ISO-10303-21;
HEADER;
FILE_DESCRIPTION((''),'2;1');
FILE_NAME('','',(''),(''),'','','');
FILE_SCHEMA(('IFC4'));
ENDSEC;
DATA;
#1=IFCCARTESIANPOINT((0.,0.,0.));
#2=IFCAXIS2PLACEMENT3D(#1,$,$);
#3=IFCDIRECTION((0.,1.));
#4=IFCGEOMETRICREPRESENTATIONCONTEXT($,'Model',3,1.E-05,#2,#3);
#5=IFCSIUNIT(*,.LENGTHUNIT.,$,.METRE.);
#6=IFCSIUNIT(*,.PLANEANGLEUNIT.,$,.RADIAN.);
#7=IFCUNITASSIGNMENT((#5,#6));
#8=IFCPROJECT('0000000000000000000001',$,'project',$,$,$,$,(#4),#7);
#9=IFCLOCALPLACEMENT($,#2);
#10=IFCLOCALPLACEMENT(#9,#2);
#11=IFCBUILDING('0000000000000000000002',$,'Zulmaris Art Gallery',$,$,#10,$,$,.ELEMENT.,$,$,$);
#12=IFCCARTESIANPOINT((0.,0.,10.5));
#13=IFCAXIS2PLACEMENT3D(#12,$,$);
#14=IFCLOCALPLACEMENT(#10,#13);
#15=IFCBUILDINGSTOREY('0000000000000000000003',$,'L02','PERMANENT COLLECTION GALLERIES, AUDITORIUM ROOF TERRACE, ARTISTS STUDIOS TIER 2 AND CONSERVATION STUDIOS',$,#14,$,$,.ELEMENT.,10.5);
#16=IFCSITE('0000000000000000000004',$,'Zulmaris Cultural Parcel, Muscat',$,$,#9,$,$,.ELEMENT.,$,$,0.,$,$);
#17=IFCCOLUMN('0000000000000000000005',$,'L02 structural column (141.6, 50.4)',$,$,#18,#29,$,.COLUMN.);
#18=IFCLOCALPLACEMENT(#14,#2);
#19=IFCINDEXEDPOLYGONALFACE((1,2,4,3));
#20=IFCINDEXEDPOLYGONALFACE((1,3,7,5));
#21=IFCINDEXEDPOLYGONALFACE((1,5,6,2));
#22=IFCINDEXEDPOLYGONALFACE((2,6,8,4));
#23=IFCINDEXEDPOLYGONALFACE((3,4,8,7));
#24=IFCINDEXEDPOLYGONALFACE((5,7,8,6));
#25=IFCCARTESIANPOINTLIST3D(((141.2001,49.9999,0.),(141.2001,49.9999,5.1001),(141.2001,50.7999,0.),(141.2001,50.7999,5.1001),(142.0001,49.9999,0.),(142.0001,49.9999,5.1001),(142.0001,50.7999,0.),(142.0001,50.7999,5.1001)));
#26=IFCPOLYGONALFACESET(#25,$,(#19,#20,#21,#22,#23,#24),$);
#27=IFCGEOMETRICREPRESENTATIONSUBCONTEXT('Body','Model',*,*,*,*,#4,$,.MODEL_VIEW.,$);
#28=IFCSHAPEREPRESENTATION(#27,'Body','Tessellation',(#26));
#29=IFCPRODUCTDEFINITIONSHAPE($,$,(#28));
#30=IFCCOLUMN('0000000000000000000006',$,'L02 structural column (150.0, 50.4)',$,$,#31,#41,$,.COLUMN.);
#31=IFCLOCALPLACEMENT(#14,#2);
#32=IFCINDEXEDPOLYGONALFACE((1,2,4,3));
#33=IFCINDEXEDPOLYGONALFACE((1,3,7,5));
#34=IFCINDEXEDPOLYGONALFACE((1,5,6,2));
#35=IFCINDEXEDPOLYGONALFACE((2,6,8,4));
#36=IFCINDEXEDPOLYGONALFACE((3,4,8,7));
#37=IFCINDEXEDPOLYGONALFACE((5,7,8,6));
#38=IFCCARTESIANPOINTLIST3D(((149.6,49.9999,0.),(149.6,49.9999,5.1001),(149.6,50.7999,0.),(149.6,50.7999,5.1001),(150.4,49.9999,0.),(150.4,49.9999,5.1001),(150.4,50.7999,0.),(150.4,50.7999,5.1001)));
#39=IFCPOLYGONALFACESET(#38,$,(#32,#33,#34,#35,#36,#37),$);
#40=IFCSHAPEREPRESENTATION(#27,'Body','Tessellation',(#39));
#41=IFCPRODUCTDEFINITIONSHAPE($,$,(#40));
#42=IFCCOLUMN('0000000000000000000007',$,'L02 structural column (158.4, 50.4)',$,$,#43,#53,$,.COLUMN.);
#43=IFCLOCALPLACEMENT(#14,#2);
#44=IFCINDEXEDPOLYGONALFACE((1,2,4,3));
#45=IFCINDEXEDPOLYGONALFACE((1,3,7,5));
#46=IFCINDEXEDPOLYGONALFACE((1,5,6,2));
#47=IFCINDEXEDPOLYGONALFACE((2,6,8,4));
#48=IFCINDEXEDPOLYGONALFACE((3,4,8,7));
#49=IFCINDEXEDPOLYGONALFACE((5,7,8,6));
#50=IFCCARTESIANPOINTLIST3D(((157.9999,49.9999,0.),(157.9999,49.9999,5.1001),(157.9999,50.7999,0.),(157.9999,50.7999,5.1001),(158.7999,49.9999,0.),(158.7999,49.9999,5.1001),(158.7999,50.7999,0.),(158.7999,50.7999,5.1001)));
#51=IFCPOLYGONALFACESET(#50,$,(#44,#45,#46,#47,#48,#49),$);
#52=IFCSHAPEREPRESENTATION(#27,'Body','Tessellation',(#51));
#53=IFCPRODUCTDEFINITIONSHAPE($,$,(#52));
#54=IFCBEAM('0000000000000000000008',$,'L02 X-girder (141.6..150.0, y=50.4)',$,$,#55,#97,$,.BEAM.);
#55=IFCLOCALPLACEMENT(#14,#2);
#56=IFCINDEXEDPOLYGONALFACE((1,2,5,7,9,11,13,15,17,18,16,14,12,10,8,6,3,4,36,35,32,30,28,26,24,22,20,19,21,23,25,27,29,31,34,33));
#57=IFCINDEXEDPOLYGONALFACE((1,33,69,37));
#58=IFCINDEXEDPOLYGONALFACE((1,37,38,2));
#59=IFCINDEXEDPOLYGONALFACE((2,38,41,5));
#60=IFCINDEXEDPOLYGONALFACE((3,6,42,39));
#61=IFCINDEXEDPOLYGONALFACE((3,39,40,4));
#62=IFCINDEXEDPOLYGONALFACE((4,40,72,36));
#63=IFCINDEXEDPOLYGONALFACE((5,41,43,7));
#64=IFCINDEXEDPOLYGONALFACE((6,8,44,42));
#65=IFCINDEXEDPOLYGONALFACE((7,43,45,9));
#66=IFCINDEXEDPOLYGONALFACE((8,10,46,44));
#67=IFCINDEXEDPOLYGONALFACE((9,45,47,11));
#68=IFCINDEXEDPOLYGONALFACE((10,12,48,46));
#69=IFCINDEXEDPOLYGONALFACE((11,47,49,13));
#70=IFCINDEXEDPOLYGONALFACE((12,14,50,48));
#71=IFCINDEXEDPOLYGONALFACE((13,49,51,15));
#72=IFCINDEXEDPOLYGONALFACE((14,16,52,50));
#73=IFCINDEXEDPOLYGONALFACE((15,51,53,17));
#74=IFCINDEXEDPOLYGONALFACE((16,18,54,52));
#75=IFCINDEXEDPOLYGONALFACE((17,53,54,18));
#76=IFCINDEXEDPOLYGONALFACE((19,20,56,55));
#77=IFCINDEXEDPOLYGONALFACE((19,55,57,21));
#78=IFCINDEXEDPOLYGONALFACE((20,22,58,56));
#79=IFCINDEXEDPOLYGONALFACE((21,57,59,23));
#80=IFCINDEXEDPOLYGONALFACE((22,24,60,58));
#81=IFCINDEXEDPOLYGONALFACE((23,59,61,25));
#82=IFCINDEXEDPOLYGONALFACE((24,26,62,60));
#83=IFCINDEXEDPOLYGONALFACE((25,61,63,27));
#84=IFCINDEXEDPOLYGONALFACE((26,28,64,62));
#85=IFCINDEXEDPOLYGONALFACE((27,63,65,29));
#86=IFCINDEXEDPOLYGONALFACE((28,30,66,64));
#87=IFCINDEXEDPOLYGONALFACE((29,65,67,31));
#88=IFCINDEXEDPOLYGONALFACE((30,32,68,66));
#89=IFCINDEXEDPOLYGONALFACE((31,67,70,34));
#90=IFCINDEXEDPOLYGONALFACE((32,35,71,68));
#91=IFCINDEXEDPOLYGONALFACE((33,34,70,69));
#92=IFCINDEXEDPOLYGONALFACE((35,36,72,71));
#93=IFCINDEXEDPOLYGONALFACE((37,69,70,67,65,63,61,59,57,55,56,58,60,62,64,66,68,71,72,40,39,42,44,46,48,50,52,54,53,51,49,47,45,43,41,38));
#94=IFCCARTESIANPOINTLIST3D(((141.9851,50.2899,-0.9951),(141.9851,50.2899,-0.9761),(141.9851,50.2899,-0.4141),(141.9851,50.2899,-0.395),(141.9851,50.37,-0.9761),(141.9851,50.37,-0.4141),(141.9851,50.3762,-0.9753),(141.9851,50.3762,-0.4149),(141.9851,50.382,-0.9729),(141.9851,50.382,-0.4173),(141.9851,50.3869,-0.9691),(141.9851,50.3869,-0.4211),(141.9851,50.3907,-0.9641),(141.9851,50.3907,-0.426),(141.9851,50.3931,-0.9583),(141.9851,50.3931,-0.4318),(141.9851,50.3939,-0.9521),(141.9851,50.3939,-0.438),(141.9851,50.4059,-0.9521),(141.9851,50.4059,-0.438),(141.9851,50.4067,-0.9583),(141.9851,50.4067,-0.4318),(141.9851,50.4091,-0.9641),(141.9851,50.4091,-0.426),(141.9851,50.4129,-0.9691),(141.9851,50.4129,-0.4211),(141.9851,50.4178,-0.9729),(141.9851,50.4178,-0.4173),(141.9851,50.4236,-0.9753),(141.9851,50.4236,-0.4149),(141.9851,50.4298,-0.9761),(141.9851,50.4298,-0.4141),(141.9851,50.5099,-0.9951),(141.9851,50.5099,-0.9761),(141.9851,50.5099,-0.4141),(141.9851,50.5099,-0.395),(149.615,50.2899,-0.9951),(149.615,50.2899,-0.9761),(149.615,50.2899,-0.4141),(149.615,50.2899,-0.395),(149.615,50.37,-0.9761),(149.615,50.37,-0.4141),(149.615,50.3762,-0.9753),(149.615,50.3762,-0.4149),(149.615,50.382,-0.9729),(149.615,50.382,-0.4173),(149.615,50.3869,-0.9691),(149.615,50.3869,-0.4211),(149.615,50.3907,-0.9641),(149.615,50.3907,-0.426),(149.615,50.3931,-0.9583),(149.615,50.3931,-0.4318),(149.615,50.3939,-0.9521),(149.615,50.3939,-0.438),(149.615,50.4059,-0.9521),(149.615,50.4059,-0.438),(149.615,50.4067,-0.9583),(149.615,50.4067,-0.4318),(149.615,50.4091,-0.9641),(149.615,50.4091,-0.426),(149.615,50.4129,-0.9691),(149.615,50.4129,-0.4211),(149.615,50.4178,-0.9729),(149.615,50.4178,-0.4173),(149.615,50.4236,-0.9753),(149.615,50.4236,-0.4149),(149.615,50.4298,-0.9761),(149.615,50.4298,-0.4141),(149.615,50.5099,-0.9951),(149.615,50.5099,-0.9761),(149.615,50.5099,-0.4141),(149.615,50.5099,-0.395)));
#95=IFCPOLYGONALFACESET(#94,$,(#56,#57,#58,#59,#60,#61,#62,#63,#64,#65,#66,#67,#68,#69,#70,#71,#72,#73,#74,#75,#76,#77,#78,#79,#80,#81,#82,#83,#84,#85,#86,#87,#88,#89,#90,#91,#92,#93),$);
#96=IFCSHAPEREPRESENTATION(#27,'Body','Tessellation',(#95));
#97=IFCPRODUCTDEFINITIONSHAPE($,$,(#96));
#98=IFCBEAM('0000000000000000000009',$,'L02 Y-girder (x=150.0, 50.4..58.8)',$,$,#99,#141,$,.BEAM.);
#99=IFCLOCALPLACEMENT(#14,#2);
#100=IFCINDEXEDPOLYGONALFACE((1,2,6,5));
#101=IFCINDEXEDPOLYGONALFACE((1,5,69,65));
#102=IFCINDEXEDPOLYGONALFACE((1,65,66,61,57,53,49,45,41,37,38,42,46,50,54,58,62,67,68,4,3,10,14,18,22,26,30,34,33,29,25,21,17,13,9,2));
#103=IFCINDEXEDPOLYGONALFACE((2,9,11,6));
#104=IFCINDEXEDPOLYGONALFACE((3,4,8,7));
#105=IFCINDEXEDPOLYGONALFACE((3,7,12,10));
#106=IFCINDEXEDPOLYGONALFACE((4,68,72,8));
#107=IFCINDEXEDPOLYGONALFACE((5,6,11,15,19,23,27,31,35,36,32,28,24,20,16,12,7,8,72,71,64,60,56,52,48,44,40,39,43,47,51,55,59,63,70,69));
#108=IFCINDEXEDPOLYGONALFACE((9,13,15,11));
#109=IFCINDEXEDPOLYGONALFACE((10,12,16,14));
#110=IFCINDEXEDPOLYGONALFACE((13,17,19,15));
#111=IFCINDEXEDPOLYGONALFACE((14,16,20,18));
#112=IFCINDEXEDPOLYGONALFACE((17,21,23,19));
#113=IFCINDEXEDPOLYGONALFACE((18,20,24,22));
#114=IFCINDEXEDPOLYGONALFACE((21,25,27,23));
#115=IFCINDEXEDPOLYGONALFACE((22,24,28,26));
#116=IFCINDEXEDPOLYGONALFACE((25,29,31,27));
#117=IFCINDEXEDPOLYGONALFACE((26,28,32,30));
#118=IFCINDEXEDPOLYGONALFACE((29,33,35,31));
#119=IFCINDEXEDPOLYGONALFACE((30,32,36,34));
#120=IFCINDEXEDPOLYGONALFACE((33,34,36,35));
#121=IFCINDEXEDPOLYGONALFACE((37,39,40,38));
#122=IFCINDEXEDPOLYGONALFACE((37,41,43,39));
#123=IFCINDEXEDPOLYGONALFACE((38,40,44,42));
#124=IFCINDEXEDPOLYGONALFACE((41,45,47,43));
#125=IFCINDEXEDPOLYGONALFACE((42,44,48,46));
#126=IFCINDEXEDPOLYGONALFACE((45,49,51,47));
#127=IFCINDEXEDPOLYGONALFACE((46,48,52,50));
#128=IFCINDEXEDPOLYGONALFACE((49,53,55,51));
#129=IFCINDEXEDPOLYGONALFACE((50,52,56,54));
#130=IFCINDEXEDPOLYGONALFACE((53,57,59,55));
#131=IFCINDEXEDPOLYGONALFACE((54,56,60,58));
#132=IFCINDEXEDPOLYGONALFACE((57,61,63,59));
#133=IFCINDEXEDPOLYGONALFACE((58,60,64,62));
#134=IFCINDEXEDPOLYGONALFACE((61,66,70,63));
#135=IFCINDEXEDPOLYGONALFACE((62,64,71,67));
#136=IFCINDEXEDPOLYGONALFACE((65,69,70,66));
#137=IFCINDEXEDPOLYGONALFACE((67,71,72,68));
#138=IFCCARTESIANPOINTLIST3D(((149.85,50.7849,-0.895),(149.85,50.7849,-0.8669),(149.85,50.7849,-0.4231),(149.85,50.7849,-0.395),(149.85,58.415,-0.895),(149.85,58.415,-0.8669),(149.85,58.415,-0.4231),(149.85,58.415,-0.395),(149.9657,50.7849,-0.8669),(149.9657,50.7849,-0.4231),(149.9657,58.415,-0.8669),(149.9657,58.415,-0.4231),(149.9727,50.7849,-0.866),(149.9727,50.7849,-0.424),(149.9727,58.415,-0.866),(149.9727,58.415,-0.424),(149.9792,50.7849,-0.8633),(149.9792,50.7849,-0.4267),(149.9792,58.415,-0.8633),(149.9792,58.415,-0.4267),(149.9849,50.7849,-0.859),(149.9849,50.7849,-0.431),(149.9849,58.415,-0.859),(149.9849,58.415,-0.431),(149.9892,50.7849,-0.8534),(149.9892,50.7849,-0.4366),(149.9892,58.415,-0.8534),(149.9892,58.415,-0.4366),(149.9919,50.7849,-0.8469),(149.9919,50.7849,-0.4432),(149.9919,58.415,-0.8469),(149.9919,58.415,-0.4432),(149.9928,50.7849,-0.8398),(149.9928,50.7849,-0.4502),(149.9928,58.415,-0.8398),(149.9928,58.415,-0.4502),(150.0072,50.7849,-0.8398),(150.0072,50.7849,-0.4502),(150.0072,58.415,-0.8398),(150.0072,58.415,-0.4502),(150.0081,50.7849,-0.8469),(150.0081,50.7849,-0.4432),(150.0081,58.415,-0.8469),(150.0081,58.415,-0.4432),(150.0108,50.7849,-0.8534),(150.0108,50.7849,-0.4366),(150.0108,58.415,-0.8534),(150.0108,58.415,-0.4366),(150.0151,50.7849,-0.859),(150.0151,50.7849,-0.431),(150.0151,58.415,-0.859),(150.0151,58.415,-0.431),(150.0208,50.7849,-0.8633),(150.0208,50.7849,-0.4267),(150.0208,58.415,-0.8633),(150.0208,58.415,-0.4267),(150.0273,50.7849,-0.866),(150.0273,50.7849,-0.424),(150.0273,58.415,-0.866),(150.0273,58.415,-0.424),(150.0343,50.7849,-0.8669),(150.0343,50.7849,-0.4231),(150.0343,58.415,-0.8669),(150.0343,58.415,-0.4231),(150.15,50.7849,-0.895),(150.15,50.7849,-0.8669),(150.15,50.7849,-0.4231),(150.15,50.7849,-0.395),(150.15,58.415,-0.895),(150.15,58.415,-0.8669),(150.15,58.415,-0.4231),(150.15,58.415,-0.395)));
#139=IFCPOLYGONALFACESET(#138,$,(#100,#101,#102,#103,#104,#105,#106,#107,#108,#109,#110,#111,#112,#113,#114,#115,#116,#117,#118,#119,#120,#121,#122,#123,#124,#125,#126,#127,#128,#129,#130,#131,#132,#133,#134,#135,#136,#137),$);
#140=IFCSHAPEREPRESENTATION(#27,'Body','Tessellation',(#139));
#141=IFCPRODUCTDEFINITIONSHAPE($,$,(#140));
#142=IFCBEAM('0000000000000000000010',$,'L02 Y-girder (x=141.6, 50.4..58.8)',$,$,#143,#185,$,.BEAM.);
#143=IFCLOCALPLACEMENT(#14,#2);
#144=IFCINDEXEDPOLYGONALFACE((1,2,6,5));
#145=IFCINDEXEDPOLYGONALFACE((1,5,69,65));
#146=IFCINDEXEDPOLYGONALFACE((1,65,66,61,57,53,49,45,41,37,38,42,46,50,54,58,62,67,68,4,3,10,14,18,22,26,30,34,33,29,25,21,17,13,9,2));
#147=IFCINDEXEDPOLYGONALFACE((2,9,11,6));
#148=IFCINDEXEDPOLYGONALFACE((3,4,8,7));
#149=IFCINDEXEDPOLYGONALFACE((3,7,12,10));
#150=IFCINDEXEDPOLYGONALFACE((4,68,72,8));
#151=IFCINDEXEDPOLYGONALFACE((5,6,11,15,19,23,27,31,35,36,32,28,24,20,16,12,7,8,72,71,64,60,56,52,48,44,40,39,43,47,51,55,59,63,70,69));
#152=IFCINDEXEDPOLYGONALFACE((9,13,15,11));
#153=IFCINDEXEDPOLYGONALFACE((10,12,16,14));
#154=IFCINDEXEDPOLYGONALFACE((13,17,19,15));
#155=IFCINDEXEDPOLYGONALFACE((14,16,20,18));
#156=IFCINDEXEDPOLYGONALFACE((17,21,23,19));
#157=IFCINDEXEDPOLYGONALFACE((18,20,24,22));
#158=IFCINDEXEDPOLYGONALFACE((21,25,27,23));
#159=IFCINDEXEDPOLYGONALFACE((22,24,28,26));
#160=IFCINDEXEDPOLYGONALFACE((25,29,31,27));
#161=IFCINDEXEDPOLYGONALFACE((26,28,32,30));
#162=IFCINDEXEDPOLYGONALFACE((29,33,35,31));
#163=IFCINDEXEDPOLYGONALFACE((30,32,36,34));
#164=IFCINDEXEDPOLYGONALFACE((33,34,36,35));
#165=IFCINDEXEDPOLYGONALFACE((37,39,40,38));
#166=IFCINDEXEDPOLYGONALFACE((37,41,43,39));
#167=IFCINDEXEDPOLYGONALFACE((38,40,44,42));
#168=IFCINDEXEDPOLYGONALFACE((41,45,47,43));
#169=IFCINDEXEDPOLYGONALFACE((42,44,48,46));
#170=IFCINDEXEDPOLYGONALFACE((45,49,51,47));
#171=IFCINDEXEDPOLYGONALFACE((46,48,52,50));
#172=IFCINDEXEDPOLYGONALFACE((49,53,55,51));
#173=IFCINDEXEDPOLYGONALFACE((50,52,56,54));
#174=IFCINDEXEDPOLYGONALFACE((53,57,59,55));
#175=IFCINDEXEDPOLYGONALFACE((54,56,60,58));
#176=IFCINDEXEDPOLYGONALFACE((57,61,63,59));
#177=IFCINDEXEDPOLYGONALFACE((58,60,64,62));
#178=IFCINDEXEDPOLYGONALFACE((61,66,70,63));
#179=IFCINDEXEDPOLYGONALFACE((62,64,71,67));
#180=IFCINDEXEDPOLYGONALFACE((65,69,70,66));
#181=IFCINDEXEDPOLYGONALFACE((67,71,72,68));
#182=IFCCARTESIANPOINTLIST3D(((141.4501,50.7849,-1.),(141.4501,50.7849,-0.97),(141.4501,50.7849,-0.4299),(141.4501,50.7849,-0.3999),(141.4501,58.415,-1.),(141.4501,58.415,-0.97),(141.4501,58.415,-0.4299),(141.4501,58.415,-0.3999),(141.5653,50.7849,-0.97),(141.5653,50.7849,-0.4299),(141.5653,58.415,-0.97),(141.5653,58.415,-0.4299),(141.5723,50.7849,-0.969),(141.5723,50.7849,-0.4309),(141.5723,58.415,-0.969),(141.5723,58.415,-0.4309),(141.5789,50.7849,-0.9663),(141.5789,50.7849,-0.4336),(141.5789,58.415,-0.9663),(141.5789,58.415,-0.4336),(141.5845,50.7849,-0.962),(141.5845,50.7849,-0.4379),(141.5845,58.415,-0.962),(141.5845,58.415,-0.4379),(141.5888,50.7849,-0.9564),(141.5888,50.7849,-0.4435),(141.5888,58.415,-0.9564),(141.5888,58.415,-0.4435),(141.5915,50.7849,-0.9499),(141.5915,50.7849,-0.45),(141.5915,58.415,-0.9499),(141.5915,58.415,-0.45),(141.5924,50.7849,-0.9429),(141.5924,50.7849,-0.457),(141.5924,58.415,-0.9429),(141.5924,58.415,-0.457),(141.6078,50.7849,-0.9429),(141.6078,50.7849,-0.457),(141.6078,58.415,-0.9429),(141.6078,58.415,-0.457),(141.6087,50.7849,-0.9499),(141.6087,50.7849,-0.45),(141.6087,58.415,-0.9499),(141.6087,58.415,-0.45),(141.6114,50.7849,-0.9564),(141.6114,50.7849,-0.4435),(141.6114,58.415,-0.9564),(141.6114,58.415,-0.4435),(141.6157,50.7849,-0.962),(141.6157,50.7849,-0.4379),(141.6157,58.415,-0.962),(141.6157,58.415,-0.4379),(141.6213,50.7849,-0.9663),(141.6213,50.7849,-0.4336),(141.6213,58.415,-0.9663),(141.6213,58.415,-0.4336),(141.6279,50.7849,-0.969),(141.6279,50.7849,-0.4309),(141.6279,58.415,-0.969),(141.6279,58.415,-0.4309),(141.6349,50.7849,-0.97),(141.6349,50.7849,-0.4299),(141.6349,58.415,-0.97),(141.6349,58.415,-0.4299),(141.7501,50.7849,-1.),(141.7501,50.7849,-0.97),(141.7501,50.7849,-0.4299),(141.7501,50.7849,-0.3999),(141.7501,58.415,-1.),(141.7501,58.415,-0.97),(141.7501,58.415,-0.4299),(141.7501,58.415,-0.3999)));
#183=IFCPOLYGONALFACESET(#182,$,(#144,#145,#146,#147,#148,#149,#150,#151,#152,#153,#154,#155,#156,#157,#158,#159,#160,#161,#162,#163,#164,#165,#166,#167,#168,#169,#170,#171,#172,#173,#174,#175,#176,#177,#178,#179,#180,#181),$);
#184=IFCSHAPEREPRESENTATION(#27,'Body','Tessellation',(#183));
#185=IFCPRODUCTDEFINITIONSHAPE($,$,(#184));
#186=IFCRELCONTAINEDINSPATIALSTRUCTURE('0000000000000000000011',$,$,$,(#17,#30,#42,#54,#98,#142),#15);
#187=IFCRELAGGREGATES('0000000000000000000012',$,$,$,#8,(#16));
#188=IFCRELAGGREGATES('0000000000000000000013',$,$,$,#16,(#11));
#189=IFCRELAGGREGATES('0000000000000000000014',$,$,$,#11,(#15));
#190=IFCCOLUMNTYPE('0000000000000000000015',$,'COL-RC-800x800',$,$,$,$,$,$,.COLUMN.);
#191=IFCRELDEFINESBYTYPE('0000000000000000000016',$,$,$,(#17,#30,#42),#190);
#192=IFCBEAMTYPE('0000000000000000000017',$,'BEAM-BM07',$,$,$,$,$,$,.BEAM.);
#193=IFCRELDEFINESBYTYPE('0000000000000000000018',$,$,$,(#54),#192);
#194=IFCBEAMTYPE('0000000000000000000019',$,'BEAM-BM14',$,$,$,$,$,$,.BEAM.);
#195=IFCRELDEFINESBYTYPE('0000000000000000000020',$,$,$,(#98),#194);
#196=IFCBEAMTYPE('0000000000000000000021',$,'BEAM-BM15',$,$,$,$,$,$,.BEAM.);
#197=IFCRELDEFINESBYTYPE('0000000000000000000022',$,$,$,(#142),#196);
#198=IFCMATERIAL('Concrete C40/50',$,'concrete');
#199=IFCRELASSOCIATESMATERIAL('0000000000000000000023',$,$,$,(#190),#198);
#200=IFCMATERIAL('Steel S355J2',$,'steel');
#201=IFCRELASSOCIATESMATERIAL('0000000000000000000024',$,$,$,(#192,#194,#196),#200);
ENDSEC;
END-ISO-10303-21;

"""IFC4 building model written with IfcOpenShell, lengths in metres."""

from ifc_helpers import new_model, si_unit, direction, frame, origin, origin_2d, place, context, subcontext, project, spatial, rectangle, i_section, extrude, material, material_profile, profile_set, type_object, element, save


model = new_model("IFC4")

# Units and contexts
model_context = context("Model", 3, precision=1e-05, world=origin(), true_north=direction((0.0, 1.0)))
body_context = subcontext(model_context, "Body", "Model", "MODEL_VIEW")
ifc_project = project(units=[si_unit("LENGTHUNIT", "METRE"), si_unit("PLANEANGLEUNIT", "RADIAN")], contexts=[model_context])

# Site, building, storey
site_placement = place(None, origin())
site = spatial("IfcSite", under=ifc_project, at=site_placement, Name="Zulmaris Cultural Parcel, Muscat", CompositionType="ELEMENT", RefElevation=0.0)
building_placement = place(site_placement, origin())
building = spatial("IfcBuilding", under=site, at=building_placement, Name="Zulmaris Art Gallery", CompositionType="ELEMENT")
storey_placement = place(building_placement, frame((0.0, 0.0, 10.5)))
storey = spatial("IfcBuildingStorey", under=building, at=storey_placement, Name="L02", Description="PERMANENT COLLECTION GALLERIES, AUDITORIUM ROOF TERRACE, ARTISTS STUDIOS TIER 2 AND CONSERVATION STUDIOS", CompositionType="ELEMENT", Elevation=10.5)

# Columns
ifc_material_1 = material(Name="Concrete C40/50", Category="concrete")
ifc_material_profile_1 = material_profile(ifc_material_1, rectangle(XDim=0.8, YDim=0.8, at=origin_2d()), Name="RC 800x800")
ifc_profile_set_1 = profile_set([ifc_material_profile_1], Name="Concrete C40/50")
column_type = type_object("IfcColumnType", Name="COL-RC-800x800", PredefinedType="COLUMN", material=ifc_profile_set_1)
for number, where, z_axis, x_axis, name in (
    (1, (141.6001, 50.3999, 0.0), (0.0, 0.0, 1.0), (1.0, 0.0, 0.0), "L02 structural column (141.6, 50.4)"),
    (2, (150.0, 50.3999, 0.0), (0.0, 0.0, 1.0), (1.0, 0.0, 0.0), "L02 structural column (150.0, 50.4)"),
    (3, (158.3999, 50.3999, 0.0), (0.0, 0.0, 1.0), (1.0, 0.0, 0.0), "L02 structural column (158.4, 50.4)"),
):
    element("IfcColumn", number, at=place(storey_placement, frame(where, z_axis=z_axis, x_axis=x_axis)), inside=storey, type_object=column_type, Name=name, PredefinedType="COLUMN", context=body_context, shape_type="SweptSolid", body=[
        extrude(rectangle(XDim=0.8, YDim=0.8, at=origin_2d()), origin(), (0.0, 0.0, 1.0), 5.1001),
    ])

# Beams
ifc_material_2 = material(Name="Steel S355J2", Category="steel")
ifc_material_profile_2 = material_profile(ifc_material_2, i_section(OverallWidth=0.22, OverallDepth=0.6001, WebThickness=0.012, FlangeThickness=0.019, FilletRadius=0.0239, at=origin_2d()), Name="IPE 600")
ifc_profile_set_2 = profile_set([ifc_material_profile_2], Name="Steel S355J2")
beam_type_1 = type_object("IfcBeamType", Name="BEAM-BM07", PredefinedType="BEAM", material=ifc_profile_set_2)
beam_1_placement = place(storey_placement, frame((141.9851, 50.3999, -0.6951), z_axis=(1.0, 0.0, 0.0), x_axis=(0.0, 1.0, 0.0)))
element("IfcBeam", 4, at=beam_1_placement, inside=storey, type_object=beam_type_1, Name="L02 X-girder (141.6..150.0, y=50.4)", PredefinedType="BEAM", context=body_context, shape_type="SweptSolid", body=[
    extrude(i_section(OverallWidth=0.22, OverallDepth=0.6001, WebThickness=0.012, FlangeThickness=0.019, FilletRadius=0.0239, at=origin_2d()), origin(), (0.0, 0.0, 1.0), 7.6299),
])
ifc_material_profile_3 = material_profile(ifc_material_2, i_section(OverallWidth=0.3, OverallDepth=0.5, WebThickness=0.0144, FlangeThickness=0.0281, FilletRadius=0.0271, at=origin_2d()), Name="HEB 500")
ifc_profile_set_3 = profile_set([ifc_material_profile_3], Name="Steel S355J2")
beam_type_2 = type_object("IfcBeamType", Name="BEAM-BM14", PredefinedType="BEAM", material=ifc_profile_set_3)
beam_2_placement = place(storey_placement, frame((150.0, 50.7849, -0.645), z_axis=(0.0, 1.0, 0.0), x_axis=(-1.0, 0.0, 0.0)))
element("IfcBeam", 5, at=beam_2_placement, inside=storey, type_object=beam_type_2, Name="L02 Y-girder (x=150.0, 50.4..58.8)", PredefinedType="BEAM", context=body_context, shape_type="SweptSolid", body=[
    extrude(i_section(OverallWidth=0.3, OverallDepth=0.5, WebThickness=0.0144, FlangeThickness=0.0281, FilletRadius=0.0271, at=origin_2d()), origin(), (0.0, 0.0, 1.0), 7.6301),
])
ifc_material_profile_4 = material_profile(ifc_material_2, i_section(OverallWidth=0.3, OverallDepth=0.6001, WebThickness=0.0154, FlangeThickness=0.03, FilletRadius=0.0271, at=origin_2d()), Name="HEB 600")
ifc_profile_set_4 = profile_set([ifc_material_profile_4], Name="Steel S355J2")
beam_type_3 = type_object("IfcBeamType", Name="BEAM-BM15", PredefinedType="BEAM", material=ifc_profile_set_4)
beam_3_placement = place(storey_placement, frame((141.6001, 50.7849, -0.7), z_axis=(0.0, 1.0, 0.0), x_axis=(-1.0, 0.0, 0.0)))
element("IfcBeam", 6, at=beam_3_placement, inside=storey, type_object=beam_type_3, Name="L02 Y-girder (x=141.6, 50.4..58.8)", PredefinedType="BEAM", context=body_context, shape_type="SweptSolid", body=[
    extrude(i_section(OverallWidth=0.3, OverallDepth=0.6001, WebThickness=0.0154, FlangeThickness=0.03, FilletRadius=0.0271, at=origin_2d()), origin(), (0.0, 0.0, 1.0), 7.6301),
])

save(model, "model.ifc")
